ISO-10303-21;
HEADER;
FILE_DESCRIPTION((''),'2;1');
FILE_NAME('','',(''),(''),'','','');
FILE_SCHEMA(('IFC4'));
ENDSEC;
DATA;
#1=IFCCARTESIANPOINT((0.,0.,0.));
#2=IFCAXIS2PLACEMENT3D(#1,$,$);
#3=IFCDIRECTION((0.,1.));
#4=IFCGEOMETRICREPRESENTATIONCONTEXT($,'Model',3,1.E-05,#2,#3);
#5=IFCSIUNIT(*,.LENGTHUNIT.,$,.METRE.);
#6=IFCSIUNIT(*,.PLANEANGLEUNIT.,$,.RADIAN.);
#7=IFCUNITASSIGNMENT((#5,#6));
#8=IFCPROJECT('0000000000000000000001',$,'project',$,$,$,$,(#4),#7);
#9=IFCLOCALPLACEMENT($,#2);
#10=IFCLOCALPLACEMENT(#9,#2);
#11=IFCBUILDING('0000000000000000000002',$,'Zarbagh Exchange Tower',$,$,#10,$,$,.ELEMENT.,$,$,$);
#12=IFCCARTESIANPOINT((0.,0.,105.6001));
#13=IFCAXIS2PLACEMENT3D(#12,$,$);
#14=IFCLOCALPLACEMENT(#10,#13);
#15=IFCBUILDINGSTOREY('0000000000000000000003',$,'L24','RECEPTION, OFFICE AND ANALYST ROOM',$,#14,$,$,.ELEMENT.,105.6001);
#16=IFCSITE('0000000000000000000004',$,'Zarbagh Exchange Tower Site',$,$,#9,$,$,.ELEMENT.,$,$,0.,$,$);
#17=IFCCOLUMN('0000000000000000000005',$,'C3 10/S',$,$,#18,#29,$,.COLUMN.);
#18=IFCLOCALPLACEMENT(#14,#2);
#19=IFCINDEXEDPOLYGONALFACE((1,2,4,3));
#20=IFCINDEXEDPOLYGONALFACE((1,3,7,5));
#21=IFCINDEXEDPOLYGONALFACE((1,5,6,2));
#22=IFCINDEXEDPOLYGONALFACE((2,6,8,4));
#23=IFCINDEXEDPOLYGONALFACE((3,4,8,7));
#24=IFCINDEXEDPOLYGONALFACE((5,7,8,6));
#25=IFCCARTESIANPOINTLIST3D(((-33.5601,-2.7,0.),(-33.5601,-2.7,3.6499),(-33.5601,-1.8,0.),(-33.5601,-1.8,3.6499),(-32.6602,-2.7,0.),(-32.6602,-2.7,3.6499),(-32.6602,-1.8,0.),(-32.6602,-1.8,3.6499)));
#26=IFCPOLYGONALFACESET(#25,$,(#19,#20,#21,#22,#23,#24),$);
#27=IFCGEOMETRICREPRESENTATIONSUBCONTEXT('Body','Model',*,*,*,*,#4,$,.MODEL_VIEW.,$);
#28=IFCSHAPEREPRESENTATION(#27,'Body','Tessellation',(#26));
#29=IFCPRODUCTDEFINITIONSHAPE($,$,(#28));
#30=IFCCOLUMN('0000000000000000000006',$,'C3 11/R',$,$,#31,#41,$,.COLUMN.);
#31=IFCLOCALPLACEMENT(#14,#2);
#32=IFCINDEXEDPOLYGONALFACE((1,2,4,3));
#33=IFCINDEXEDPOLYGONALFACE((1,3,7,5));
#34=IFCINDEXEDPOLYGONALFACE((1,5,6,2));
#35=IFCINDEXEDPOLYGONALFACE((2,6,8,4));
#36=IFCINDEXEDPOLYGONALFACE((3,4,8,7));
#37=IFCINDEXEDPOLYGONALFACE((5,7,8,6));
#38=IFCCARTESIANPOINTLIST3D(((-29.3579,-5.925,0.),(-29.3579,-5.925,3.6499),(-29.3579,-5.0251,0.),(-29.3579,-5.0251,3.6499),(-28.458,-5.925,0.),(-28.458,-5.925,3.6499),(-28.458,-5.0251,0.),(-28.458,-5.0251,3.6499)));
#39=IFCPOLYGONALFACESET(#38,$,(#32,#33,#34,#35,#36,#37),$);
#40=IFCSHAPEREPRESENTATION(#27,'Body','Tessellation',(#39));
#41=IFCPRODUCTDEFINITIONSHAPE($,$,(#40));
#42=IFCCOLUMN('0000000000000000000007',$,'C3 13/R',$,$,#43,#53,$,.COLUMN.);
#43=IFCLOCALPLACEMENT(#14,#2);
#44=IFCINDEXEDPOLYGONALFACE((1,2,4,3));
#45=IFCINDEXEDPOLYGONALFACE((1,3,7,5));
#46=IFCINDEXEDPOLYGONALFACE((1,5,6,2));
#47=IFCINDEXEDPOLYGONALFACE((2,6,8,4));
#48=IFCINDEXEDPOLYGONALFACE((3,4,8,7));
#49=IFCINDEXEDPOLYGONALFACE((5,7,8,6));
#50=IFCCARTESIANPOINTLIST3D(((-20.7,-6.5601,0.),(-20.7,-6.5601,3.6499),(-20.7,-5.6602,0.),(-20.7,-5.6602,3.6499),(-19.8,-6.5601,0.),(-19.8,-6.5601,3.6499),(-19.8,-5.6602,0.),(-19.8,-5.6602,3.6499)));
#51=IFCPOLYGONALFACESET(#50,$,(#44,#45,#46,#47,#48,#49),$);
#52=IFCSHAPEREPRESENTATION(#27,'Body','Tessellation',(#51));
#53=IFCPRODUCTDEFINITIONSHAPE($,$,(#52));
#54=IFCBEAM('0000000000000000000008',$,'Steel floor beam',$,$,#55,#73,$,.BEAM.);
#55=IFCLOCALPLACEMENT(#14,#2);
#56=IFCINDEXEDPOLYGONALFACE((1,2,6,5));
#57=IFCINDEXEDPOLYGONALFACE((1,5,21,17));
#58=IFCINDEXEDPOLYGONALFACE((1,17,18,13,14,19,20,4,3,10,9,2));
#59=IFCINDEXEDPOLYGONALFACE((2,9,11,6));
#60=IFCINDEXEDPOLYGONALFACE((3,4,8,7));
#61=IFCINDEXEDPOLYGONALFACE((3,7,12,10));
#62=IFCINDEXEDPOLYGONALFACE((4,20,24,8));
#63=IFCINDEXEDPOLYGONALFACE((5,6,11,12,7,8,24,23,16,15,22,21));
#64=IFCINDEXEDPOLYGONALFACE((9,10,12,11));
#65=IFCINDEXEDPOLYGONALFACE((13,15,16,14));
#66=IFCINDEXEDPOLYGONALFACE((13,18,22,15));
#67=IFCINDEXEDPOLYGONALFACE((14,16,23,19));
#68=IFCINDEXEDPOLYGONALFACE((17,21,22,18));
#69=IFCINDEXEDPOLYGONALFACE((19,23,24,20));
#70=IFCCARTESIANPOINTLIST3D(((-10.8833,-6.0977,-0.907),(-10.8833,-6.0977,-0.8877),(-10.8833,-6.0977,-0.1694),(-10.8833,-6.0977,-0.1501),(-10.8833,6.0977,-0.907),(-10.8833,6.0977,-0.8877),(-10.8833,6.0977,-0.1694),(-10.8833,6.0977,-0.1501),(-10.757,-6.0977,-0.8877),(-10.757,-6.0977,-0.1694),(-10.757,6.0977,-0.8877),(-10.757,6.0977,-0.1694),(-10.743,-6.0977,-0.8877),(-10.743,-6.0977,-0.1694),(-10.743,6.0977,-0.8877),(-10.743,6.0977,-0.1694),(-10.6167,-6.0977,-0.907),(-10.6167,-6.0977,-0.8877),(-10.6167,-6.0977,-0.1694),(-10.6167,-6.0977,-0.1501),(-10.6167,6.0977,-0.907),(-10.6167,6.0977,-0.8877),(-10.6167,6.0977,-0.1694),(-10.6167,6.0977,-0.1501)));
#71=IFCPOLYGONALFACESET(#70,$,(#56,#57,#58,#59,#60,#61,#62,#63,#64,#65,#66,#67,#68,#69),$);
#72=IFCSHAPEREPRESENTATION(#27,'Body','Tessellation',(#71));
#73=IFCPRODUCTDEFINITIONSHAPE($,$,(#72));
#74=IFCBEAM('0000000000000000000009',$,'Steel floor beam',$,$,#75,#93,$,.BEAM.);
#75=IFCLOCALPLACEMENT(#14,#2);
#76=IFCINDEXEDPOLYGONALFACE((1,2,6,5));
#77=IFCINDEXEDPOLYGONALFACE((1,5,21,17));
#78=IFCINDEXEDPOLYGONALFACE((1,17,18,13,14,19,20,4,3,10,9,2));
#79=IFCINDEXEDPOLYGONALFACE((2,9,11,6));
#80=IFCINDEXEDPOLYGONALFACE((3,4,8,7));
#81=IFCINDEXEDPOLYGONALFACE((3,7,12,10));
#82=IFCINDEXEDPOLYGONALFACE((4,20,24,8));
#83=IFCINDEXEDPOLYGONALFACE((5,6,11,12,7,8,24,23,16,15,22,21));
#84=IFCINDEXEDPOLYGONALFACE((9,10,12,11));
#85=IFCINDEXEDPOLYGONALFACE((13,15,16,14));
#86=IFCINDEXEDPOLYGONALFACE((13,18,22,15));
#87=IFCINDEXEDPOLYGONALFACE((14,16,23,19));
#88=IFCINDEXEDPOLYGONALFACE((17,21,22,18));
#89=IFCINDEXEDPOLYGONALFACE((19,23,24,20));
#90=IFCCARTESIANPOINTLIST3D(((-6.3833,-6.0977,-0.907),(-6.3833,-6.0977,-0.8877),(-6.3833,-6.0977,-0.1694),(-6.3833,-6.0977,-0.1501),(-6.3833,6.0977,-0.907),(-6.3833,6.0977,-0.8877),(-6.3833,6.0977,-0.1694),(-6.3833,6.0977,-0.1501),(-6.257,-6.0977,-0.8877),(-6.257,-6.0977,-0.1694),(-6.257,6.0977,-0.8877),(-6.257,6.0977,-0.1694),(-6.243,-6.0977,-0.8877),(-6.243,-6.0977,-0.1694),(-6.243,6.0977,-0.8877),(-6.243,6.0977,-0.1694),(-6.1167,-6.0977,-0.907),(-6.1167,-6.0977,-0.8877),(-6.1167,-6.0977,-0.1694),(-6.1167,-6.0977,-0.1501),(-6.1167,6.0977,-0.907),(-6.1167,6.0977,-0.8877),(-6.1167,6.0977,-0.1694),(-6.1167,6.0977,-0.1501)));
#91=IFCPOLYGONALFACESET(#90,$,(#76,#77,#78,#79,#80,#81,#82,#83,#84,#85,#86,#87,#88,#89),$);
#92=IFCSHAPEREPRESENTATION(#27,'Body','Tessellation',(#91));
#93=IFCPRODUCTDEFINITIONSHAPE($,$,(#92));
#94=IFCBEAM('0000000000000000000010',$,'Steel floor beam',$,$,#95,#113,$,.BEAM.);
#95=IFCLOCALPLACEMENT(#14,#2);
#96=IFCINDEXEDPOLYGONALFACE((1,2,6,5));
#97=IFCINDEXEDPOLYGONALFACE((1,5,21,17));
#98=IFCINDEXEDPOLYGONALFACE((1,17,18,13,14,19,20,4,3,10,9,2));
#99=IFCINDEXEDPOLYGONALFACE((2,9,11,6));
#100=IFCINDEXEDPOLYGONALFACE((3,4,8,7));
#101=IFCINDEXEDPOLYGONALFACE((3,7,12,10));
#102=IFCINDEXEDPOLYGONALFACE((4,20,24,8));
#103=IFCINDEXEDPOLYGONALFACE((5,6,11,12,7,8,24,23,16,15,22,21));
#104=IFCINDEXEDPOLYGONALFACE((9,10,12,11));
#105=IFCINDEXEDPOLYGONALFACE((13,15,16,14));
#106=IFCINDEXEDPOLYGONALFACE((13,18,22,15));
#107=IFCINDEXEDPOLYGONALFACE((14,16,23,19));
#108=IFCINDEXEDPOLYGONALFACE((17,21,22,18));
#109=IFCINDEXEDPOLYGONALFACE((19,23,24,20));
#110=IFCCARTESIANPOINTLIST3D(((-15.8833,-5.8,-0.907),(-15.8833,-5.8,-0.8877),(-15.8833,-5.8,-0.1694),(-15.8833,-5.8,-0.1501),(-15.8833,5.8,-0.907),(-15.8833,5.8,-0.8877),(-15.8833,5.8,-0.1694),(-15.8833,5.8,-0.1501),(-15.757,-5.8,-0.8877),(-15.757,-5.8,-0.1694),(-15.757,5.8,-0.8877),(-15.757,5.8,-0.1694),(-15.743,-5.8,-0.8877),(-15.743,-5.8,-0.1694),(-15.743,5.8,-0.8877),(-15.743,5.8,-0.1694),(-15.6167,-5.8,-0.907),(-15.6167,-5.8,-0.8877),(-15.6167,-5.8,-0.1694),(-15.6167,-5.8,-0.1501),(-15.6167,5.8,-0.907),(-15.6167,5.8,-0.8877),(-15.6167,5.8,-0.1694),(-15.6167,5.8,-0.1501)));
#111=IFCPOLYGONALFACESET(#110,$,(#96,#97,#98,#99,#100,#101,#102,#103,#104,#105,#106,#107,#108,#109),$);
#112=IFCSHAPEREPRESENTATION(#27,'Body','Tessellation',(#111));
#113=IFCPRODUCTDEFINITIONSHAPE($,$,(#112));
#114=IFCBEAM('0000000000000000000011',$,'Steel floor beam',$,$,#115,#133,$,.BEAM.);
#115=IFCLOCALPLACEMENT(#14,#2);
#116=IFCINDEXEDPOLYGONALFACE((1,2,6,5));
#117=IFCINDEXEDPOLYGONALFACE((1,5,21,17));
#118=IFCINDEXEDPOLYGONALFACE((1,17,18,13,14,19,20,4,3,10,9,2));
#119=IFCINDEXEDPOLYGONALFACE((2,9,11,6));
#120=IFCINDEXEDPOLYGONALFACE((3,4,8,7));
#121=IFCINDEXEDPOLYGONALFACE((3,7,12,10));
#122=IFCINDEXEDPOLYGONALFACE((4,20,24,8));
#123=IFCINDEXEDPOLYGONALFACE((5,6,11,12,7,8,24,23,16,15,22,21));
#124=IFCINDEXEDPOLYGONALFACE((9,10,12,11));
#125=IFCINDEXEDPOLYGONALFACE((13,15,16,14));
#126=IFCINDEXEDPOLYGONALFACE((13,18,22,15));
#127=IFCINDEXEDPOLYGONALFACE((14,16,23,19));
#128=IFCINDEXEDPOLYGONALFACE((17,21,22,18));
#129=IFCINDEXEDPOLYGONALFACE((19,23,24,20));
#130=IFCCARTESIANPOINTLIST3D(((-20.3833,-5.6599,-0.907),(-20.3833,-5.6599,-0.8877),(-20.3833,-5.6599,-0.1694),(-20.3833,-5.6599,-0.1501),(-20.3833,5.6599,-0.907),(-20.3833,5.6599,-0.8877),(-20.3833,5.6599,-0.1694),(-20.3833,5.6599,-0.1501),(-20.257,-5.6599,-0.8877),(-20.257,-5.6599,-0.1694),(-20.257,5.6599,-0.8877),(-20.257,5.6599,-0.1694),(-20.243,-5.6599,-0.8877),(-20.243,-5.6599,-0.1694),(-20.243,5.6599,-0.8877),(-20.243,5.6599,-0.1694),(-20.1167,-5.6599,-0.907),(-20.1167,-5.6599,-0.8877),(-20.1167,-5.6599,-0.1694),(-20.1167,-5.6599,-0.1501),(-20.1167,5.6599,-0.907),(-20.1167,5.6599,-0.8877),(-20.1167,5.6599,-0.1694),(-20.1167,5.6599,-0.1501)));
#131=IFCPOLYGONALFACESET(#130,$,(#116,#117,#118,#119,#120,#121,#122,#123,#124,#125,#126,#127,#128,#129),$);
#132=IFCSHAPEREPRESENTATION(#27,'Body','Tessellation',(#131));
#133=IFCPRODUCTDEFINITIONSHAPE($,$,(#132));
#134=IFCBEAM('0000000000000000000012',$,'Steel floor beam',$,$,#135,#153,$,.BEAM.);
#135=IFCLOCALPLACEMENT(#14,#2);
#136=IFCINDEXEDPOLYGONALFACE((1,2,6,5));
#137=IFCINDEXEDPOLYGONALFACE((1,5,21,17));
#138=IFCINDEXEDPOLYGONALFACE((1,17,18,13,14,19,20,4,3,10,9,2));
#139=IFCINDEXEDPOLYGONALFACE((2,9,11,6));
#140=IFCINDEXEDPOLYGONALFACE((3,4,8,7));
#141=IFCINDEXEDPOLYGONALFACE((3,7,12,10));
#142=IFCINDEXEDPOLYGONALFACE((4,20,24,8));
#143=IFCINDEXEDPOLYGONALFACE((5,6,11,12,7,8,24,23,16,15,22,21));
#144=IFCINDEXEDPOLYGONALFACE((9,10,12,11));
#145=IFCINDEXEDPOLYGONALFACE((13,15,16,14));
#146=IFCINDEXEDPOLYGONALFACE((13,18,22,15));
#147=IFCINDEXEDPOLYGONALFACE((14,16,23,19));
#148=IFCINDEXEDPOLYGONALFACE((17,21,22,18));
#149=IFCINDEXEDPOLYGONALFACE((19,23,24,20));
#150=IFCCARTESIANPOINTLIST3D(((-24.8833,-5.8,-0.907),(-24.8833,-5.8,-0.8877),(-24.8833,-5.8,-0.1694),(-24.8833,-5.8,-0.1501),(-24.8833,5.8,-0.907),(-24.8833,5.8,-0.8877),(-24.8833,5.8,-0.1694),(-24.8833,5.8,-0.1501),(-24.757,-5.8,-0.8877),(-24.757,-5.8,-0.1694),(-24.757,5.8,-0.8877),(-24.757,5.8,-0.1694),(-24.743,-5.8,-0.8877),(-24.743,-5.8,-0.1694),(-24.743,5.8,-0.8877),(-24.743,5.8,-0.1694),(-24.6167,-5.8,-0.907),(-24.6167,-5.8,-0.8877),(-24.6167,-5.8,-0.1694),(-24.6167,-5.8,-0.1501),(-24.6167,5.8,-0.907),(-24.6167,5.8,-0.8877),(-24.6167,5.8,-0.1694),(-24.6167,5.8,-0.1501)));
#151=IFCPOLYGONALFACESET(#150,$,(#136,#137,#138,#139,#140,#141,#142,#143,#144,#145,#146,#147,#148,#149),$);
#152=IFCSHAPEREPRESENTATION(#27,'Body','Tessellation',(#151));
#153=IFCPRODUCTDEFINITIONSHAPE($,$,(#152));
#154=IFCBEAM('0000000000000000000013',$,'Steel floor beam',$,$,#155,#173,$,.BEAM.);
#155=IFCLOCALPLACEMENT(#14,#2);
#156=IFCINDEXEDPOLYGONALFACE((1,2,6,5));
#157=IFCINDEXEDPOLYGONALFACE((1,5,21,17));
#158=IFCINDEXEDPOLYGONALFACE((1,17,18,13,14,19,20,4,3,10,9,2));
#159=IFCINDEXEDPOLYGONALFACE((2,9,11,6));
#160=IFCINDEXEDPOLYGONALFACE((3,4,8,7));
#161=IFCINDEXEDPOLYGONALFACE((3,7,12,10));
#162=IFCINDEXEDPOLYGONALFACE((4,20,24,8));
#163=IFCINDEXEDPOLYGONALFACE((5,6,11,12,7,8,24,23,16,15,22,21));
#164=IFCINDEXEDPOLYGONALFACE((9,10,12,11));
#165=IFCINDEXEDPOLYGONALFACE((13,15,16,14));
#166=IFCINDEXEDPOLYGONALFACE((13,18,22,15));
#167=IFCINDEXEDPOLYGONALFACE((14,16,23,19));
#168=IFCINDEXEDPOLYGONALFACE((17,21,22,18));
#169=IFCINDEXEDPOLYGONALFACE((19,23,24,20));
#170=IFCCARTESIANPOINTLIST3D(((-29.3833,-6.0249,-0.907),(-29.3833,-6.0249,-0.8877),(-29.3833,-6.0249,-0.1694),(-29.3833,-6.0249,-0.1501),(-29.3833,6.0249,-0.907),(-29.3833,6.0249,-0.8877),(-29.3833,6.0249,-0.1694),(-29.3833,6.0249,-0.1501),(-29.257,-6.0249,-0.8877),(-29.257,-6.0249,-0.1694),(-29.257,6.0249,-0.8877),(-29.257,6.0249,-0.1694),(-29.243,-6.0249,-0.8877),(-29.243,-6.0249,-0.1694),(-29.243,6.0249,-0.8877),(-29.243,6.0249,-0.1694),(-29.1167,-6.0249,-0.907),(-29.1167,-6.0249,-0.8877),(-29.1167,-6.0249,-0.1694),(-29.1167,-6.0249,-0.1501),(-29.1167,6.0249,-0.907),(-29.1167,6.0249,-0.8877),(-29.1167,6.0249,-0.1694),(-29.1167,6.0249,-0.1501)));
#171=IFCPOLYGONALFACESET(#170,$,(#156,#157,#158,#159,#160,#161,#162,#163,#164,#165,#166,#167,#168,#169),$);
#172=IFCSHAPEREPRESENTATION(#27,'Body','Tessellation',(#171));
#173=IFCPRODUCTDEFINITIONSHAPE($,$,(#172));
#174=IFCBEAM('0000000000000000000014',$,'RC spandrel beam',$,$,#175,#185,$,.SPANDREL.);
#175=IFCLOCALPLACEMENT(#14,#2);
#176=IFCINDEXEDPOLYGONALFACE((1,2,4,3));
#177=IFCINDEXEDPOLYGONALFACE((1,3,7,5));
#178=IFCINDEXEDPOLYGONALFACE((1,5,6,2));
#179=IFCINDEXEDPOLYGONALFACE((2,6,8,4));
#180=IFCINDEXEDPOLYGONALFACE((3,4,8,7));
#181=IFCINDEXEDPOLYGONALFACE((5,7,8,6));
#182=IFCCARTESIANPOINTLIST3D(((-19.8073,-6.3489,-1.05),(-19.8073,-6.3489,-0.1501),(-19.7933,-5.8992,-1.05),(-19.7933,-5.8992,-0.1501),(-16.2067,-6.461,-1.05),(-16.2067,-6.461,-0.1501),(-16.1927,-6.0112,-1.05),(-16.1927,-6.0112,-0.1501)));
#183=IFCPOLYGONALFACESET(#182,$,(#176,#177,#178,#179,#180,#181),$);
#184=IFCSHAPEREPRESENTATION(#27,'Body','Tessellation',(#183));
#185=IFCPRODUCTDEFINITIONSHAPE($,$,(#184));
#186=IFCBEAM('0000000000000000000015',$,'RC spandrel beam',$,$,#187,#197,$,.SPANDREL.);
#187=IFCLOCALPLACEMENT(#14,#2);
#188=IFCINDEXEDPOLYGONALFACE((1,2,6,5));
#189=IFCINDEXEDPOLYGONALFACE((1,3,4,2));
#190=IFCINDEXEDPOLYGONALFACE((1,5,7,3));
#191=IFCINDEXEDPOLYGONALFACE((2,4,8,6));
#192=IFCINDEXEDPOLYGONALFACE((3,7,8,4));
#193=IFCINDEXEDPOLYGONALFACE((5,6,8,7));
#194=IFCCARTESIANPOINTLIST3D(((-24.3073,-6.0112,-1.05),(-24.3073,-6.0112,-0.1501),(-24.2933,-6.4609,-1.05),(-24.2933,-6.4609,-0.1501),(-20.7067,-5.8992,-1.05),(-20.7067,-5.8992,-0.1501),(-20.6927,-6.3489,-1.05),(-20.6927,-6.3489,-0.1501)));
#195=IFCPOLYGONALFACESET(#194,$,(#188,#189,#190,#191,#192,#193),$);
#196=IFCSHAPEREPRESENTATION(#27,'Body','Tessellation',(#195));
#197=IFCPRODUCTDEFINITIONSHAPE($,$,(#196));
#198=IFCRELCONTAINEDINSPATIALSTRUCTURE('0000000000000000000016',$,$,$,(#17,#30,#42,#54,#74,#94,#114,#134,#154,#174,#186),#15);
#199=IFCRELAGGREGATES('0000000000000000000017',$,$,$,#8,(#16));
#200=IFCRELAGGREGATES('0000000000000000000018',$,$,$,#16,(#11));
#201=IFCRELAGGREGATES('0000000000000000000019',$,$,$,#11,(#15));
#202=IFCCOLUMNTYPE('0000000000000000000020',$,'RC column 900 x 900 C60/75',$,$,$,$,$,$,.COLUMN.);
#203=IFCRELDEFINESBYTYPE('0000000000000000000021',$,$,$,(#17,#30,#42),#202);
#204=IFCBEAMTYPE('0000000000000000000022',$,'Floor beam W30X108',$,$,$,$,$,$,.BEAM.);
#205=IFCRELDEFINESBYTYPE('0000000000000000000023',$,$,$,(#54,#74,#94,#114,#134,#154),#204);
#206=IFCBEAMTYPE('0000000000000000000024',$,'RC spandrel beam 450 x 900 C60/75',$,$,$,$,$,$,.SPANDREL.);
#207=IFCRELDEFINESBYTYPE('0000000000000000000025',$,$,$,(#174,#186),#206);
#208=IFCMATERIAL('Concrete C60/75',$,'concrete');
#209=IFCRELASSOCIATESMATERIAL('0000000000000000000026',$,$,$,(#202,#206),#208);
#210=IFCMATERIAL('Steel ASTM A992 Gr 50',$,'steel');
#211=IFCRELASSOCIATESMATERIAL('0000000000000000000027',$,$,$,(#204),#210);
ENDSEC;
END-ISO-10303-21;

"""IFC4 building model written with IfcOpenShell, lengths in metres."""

from ifc_helpers import new_model, si_unit, direction, frame, origin, origin_2d, place, context, subcontext, project, spatial, rectangle, i_section, extrude, material, material_profile, profile_set, type_object, element, save


model = new_model("IFC4")

# Units and contexts
model_context = context("Model", 3, precision=1e-05, world=origin(), true_north=direction((0.0, 1.0)))
body_context = subcontext(model_context, "Body", "Model", "MODEL_VIEW")
ifc_project = project(units=[si_unit("LENGTHUNIT", "METRE"), si_unit("PLANEANGLEUNIT", "RADIAN")], contexts=[model_context])

# Site, building, storey
site_placement = place(None, origin())
site = spatial("IfcSite", under=ifc_project, at=site_placement, Name="Zarbagh Exchange Tower Site", CompositionType="ELEMENT", RefElevation=0.0)
building_placement = place(site_placement, origin())
building = spatial("IfcBuilding", under=site, at=building_placement, Name="Zarbagh Exchange Tower", CompositionType="ELEMENT")
storey_placement = place(building_placement, frame((0.0, 0.0, 105.6001)))
storey = spatial("IfcBuildingStorey", under=building, at=storey_placement, Name="L24", Description="RECEPTION, OFFICE AND ANALYST ROOM", CompositionType="ELEMENT", Elevation=105.6001)

# Columns
ifc_material_1 = material(Name="Concrete C60/75", Category="concrete")
ifc_material_profile_1 = material_profile(ifc_material_1, rectangle(XDim=0.8999, YDim=0.8999, at=origin_2d()), Name="RC column 900 x 900 C60/75")
ifc_profile_set_1 = profile_set([ifc_material_profile_1], Name="Concrete C60/75")
column_type = type_object("IfcColumnType", Name="RC column 900 x 900 C60/75", PredefinedType="COLUMN", material=ifc_profile_set_1)
for number, where, z_axis, x_axis, name in (
    (1, (-33.1101, -2.25, 0.0), (0.0, 0.0, 1.0), (1.0, 0.0, 0.0), "C3 10/S"),
    (2, (-28.908, -5.4751, 0.0), (0.0, 0.0, 1.0), (1.0, 0.0, 0.0), "C3 11/R"),
    (3, (-20.25, -6.1101, 0.0), (0.0, 0.0, 1.0), (1.0, 0.0, 0.0), "C3 13/R"),
):
    element("IfcColumn", number, at=place(storey_placement, frame(where, z_axis=z_axis, x_axis=x_axis)), inside=storey, type_object=column_type, Name=name, PredefinedType="COLUMN", context=body_context, shape_type="SweptSolid", body=[
        extrude(rectangle(XDim=0.8999, YDim=0.8999, at=origin_2d()), origin(), (0.0, 0.0, 1.0), 3.6499),
    ])

# Beams
ifc_material_2 = material(Name="Steel ASTM A992 Gr 50", Category="steel")
ifc_material_profile_2 = material_profile(ifc_material_2, i_section(OverallWidth=0.2666, OverallDepth=0.7568, WebThickness=0.0139, FlangeThickness=0.0193, at=origin_2d()), Name="W30X108")
ifc_profile_set_2 = profile_set([ifc_material_profile_2], Name="Steel ASTM A992 Gr 50")
beam_type_1 = type_object("IfcBeamType", Name="Floor beam W30X108", PredefinedType="BEAM", material=ifc_profile_set_2)
for number, where, z_axis, x_axis, name in (
    (4, (-10.75, -6.0977, -0.5286), (0.0, 1.0, 0.0), (-1.0, 0.0, 0.0), "Steel floor beam"),
    (5, (-6.25, -6.0977, -0.5286), (0.0, 1.0, 0.0), (-1.0, 0.0, 0.0), "Steel floor beam"),
):
    element("IfcBeam", number, at=place(storey_placement, frame(where, z_axis=z_axis, x_axis=x_axis)), inside=storey, type_object=beam_type_1, Name=name, PredefinedType="BEAM", context=body_context, shape_type="SweptSolid", body=[
        extrude(i_section(OverallWidth=0.2666, OverallDepth=0.7568, WebThickness=0.0139, FlangeThickness=0.0193, at=origin_2d()), origin(), (0.0, 0.0, 1.0), 12.1953),
    ])
beam_1_placement = place(storey_placement, frame((-15.75, -5.8, -0.5286), z_axis=(0.0, 1.0, 0.0), x_axis=(-1.0, 0.0, 0.0)))
element("IfcBeam", 6, at=beam_1_placement, inside=storey, type_object=beam_type_1, Name="Steel floor beam", PredefinedType="BEAM", context=body_context, shape_type="SweptSolid", body=[
    extrude(i_section(OverallWidth=0.2666, OverallDepth=0.7568, WebThickness=0.0139, FlangeThickness=0.0193, at=origin_2d()), origin(), (0.0, 0.0, 1.0), 11.6001),
])
beam_2_placement = place(storey_placement, frame((-20.25, -5.6599, -0.5286), z_axis=(0.0, 1.0, 0.0), x_axis=(-1.0, 0.0, 0.0)))
element("IfcBeam", 7, at=beam_2_placement, inside=storey, type_object=beam_type_1, Name="Steel floor beam", PredefinedType="BEAM", context=body_context, shape_type="SweptSolid", body=[
    extrude(i_section(OverallWidth=0.2666, OverallDepth=0.7568, WebThickness=0.0139, FlangeThickness=0.0193, at=origin_2d()), origin(), (0.0, 0.0, 1.0), 11.3198),
])
beam_3_placement = place(storey_placement, frame((-24.75, -5.8, -0.5286), z_axis=(0.0, 1.0, 0.0), x_axis=(-1.0, 0.0, 0.0)))
element("IfcBeam", 8, at=beam_3_placement, inside=storey, type_object=beam_type_1, Name="Steel floor beam", PredefinedType="BEAM", context=body_context, shape_type="SweptSolid", body=[
    extrude(i_section(OverallWidth=0.2666, OverallDepth=0.7568, WebThickness=0.0139, FlangeThickness=0.0193, at=origin_2d()), origin(), (0.0, 0.0, 1.0), 11.6001),
])
beam_4_placement = place(storey_placement, frame((-29.25, -6.0249, -0.5286), z_axis=(0.0, 1.0, 0.0), x_axis=(-1.0, 0.0, 0.0)))
element("IfcBeam", 9, at=beam_4_placement, inside=storey, type_object=beam_type_1, Name="Steel floor beam", PredefinedType="BEAM", context=body_context, shape_type="SweptSolid", body=[
    extrude(i_section(OverallWidth=0.2666, OverallDepth=0.7568, WebThickness=0.0139, FlangeThickness=0.0193, at=origin_2d()), origin(), (0.0, 0.0, 1.0), 12.0498),
])
ifc_material_profile_3 = material_profile(ifc_material_1, rectangle(XDim=0.45, YDim=0.8999, at=origin_2d()), Name="RC spandrel beam 450 x 900 C60/75")
ifc_profile_set_3 = profile_set([ifc_material_profile_3], Name="Concrete C60/75")
beam_type_2 = type_object("IfcBeamType", Name="RC spandrel beam 450 x 900 C60/75", PredefinedType="SPANDREL", material=ifc_profile_set_3)
for number, where, z_axis, x_axis, name in (
    (10, (-16.1997, -6.2361, -0.6001), (-0.999516, 0.031108, 0.0), (-0.031108, -0.999516, 0.0), "RC spandrel beam"),
    (11, (-20.6997, -6.124, -0.6001), (-0.999516, -0.031108, 0.0), (0.031108, -0.999516, 0.0), "RC spandrel beam"),
):
    element("IfcBeam", number, at=place(storey_placement, frame(where, z_axis=z_axis, x_axis=x_axis)), inside=storey, type_object=beam_type_2, Name=name, PredefinedType="SPANDREL", context=body_context, shape_type="SweptSolid", body=[
        extrude(rectangle(XDim=0.45, YDim=0.8999, at=origin_2d()), origin(), (0.0, 0.0, 1.0), 3.6023),
    ])

save(model, "model.ifc")
